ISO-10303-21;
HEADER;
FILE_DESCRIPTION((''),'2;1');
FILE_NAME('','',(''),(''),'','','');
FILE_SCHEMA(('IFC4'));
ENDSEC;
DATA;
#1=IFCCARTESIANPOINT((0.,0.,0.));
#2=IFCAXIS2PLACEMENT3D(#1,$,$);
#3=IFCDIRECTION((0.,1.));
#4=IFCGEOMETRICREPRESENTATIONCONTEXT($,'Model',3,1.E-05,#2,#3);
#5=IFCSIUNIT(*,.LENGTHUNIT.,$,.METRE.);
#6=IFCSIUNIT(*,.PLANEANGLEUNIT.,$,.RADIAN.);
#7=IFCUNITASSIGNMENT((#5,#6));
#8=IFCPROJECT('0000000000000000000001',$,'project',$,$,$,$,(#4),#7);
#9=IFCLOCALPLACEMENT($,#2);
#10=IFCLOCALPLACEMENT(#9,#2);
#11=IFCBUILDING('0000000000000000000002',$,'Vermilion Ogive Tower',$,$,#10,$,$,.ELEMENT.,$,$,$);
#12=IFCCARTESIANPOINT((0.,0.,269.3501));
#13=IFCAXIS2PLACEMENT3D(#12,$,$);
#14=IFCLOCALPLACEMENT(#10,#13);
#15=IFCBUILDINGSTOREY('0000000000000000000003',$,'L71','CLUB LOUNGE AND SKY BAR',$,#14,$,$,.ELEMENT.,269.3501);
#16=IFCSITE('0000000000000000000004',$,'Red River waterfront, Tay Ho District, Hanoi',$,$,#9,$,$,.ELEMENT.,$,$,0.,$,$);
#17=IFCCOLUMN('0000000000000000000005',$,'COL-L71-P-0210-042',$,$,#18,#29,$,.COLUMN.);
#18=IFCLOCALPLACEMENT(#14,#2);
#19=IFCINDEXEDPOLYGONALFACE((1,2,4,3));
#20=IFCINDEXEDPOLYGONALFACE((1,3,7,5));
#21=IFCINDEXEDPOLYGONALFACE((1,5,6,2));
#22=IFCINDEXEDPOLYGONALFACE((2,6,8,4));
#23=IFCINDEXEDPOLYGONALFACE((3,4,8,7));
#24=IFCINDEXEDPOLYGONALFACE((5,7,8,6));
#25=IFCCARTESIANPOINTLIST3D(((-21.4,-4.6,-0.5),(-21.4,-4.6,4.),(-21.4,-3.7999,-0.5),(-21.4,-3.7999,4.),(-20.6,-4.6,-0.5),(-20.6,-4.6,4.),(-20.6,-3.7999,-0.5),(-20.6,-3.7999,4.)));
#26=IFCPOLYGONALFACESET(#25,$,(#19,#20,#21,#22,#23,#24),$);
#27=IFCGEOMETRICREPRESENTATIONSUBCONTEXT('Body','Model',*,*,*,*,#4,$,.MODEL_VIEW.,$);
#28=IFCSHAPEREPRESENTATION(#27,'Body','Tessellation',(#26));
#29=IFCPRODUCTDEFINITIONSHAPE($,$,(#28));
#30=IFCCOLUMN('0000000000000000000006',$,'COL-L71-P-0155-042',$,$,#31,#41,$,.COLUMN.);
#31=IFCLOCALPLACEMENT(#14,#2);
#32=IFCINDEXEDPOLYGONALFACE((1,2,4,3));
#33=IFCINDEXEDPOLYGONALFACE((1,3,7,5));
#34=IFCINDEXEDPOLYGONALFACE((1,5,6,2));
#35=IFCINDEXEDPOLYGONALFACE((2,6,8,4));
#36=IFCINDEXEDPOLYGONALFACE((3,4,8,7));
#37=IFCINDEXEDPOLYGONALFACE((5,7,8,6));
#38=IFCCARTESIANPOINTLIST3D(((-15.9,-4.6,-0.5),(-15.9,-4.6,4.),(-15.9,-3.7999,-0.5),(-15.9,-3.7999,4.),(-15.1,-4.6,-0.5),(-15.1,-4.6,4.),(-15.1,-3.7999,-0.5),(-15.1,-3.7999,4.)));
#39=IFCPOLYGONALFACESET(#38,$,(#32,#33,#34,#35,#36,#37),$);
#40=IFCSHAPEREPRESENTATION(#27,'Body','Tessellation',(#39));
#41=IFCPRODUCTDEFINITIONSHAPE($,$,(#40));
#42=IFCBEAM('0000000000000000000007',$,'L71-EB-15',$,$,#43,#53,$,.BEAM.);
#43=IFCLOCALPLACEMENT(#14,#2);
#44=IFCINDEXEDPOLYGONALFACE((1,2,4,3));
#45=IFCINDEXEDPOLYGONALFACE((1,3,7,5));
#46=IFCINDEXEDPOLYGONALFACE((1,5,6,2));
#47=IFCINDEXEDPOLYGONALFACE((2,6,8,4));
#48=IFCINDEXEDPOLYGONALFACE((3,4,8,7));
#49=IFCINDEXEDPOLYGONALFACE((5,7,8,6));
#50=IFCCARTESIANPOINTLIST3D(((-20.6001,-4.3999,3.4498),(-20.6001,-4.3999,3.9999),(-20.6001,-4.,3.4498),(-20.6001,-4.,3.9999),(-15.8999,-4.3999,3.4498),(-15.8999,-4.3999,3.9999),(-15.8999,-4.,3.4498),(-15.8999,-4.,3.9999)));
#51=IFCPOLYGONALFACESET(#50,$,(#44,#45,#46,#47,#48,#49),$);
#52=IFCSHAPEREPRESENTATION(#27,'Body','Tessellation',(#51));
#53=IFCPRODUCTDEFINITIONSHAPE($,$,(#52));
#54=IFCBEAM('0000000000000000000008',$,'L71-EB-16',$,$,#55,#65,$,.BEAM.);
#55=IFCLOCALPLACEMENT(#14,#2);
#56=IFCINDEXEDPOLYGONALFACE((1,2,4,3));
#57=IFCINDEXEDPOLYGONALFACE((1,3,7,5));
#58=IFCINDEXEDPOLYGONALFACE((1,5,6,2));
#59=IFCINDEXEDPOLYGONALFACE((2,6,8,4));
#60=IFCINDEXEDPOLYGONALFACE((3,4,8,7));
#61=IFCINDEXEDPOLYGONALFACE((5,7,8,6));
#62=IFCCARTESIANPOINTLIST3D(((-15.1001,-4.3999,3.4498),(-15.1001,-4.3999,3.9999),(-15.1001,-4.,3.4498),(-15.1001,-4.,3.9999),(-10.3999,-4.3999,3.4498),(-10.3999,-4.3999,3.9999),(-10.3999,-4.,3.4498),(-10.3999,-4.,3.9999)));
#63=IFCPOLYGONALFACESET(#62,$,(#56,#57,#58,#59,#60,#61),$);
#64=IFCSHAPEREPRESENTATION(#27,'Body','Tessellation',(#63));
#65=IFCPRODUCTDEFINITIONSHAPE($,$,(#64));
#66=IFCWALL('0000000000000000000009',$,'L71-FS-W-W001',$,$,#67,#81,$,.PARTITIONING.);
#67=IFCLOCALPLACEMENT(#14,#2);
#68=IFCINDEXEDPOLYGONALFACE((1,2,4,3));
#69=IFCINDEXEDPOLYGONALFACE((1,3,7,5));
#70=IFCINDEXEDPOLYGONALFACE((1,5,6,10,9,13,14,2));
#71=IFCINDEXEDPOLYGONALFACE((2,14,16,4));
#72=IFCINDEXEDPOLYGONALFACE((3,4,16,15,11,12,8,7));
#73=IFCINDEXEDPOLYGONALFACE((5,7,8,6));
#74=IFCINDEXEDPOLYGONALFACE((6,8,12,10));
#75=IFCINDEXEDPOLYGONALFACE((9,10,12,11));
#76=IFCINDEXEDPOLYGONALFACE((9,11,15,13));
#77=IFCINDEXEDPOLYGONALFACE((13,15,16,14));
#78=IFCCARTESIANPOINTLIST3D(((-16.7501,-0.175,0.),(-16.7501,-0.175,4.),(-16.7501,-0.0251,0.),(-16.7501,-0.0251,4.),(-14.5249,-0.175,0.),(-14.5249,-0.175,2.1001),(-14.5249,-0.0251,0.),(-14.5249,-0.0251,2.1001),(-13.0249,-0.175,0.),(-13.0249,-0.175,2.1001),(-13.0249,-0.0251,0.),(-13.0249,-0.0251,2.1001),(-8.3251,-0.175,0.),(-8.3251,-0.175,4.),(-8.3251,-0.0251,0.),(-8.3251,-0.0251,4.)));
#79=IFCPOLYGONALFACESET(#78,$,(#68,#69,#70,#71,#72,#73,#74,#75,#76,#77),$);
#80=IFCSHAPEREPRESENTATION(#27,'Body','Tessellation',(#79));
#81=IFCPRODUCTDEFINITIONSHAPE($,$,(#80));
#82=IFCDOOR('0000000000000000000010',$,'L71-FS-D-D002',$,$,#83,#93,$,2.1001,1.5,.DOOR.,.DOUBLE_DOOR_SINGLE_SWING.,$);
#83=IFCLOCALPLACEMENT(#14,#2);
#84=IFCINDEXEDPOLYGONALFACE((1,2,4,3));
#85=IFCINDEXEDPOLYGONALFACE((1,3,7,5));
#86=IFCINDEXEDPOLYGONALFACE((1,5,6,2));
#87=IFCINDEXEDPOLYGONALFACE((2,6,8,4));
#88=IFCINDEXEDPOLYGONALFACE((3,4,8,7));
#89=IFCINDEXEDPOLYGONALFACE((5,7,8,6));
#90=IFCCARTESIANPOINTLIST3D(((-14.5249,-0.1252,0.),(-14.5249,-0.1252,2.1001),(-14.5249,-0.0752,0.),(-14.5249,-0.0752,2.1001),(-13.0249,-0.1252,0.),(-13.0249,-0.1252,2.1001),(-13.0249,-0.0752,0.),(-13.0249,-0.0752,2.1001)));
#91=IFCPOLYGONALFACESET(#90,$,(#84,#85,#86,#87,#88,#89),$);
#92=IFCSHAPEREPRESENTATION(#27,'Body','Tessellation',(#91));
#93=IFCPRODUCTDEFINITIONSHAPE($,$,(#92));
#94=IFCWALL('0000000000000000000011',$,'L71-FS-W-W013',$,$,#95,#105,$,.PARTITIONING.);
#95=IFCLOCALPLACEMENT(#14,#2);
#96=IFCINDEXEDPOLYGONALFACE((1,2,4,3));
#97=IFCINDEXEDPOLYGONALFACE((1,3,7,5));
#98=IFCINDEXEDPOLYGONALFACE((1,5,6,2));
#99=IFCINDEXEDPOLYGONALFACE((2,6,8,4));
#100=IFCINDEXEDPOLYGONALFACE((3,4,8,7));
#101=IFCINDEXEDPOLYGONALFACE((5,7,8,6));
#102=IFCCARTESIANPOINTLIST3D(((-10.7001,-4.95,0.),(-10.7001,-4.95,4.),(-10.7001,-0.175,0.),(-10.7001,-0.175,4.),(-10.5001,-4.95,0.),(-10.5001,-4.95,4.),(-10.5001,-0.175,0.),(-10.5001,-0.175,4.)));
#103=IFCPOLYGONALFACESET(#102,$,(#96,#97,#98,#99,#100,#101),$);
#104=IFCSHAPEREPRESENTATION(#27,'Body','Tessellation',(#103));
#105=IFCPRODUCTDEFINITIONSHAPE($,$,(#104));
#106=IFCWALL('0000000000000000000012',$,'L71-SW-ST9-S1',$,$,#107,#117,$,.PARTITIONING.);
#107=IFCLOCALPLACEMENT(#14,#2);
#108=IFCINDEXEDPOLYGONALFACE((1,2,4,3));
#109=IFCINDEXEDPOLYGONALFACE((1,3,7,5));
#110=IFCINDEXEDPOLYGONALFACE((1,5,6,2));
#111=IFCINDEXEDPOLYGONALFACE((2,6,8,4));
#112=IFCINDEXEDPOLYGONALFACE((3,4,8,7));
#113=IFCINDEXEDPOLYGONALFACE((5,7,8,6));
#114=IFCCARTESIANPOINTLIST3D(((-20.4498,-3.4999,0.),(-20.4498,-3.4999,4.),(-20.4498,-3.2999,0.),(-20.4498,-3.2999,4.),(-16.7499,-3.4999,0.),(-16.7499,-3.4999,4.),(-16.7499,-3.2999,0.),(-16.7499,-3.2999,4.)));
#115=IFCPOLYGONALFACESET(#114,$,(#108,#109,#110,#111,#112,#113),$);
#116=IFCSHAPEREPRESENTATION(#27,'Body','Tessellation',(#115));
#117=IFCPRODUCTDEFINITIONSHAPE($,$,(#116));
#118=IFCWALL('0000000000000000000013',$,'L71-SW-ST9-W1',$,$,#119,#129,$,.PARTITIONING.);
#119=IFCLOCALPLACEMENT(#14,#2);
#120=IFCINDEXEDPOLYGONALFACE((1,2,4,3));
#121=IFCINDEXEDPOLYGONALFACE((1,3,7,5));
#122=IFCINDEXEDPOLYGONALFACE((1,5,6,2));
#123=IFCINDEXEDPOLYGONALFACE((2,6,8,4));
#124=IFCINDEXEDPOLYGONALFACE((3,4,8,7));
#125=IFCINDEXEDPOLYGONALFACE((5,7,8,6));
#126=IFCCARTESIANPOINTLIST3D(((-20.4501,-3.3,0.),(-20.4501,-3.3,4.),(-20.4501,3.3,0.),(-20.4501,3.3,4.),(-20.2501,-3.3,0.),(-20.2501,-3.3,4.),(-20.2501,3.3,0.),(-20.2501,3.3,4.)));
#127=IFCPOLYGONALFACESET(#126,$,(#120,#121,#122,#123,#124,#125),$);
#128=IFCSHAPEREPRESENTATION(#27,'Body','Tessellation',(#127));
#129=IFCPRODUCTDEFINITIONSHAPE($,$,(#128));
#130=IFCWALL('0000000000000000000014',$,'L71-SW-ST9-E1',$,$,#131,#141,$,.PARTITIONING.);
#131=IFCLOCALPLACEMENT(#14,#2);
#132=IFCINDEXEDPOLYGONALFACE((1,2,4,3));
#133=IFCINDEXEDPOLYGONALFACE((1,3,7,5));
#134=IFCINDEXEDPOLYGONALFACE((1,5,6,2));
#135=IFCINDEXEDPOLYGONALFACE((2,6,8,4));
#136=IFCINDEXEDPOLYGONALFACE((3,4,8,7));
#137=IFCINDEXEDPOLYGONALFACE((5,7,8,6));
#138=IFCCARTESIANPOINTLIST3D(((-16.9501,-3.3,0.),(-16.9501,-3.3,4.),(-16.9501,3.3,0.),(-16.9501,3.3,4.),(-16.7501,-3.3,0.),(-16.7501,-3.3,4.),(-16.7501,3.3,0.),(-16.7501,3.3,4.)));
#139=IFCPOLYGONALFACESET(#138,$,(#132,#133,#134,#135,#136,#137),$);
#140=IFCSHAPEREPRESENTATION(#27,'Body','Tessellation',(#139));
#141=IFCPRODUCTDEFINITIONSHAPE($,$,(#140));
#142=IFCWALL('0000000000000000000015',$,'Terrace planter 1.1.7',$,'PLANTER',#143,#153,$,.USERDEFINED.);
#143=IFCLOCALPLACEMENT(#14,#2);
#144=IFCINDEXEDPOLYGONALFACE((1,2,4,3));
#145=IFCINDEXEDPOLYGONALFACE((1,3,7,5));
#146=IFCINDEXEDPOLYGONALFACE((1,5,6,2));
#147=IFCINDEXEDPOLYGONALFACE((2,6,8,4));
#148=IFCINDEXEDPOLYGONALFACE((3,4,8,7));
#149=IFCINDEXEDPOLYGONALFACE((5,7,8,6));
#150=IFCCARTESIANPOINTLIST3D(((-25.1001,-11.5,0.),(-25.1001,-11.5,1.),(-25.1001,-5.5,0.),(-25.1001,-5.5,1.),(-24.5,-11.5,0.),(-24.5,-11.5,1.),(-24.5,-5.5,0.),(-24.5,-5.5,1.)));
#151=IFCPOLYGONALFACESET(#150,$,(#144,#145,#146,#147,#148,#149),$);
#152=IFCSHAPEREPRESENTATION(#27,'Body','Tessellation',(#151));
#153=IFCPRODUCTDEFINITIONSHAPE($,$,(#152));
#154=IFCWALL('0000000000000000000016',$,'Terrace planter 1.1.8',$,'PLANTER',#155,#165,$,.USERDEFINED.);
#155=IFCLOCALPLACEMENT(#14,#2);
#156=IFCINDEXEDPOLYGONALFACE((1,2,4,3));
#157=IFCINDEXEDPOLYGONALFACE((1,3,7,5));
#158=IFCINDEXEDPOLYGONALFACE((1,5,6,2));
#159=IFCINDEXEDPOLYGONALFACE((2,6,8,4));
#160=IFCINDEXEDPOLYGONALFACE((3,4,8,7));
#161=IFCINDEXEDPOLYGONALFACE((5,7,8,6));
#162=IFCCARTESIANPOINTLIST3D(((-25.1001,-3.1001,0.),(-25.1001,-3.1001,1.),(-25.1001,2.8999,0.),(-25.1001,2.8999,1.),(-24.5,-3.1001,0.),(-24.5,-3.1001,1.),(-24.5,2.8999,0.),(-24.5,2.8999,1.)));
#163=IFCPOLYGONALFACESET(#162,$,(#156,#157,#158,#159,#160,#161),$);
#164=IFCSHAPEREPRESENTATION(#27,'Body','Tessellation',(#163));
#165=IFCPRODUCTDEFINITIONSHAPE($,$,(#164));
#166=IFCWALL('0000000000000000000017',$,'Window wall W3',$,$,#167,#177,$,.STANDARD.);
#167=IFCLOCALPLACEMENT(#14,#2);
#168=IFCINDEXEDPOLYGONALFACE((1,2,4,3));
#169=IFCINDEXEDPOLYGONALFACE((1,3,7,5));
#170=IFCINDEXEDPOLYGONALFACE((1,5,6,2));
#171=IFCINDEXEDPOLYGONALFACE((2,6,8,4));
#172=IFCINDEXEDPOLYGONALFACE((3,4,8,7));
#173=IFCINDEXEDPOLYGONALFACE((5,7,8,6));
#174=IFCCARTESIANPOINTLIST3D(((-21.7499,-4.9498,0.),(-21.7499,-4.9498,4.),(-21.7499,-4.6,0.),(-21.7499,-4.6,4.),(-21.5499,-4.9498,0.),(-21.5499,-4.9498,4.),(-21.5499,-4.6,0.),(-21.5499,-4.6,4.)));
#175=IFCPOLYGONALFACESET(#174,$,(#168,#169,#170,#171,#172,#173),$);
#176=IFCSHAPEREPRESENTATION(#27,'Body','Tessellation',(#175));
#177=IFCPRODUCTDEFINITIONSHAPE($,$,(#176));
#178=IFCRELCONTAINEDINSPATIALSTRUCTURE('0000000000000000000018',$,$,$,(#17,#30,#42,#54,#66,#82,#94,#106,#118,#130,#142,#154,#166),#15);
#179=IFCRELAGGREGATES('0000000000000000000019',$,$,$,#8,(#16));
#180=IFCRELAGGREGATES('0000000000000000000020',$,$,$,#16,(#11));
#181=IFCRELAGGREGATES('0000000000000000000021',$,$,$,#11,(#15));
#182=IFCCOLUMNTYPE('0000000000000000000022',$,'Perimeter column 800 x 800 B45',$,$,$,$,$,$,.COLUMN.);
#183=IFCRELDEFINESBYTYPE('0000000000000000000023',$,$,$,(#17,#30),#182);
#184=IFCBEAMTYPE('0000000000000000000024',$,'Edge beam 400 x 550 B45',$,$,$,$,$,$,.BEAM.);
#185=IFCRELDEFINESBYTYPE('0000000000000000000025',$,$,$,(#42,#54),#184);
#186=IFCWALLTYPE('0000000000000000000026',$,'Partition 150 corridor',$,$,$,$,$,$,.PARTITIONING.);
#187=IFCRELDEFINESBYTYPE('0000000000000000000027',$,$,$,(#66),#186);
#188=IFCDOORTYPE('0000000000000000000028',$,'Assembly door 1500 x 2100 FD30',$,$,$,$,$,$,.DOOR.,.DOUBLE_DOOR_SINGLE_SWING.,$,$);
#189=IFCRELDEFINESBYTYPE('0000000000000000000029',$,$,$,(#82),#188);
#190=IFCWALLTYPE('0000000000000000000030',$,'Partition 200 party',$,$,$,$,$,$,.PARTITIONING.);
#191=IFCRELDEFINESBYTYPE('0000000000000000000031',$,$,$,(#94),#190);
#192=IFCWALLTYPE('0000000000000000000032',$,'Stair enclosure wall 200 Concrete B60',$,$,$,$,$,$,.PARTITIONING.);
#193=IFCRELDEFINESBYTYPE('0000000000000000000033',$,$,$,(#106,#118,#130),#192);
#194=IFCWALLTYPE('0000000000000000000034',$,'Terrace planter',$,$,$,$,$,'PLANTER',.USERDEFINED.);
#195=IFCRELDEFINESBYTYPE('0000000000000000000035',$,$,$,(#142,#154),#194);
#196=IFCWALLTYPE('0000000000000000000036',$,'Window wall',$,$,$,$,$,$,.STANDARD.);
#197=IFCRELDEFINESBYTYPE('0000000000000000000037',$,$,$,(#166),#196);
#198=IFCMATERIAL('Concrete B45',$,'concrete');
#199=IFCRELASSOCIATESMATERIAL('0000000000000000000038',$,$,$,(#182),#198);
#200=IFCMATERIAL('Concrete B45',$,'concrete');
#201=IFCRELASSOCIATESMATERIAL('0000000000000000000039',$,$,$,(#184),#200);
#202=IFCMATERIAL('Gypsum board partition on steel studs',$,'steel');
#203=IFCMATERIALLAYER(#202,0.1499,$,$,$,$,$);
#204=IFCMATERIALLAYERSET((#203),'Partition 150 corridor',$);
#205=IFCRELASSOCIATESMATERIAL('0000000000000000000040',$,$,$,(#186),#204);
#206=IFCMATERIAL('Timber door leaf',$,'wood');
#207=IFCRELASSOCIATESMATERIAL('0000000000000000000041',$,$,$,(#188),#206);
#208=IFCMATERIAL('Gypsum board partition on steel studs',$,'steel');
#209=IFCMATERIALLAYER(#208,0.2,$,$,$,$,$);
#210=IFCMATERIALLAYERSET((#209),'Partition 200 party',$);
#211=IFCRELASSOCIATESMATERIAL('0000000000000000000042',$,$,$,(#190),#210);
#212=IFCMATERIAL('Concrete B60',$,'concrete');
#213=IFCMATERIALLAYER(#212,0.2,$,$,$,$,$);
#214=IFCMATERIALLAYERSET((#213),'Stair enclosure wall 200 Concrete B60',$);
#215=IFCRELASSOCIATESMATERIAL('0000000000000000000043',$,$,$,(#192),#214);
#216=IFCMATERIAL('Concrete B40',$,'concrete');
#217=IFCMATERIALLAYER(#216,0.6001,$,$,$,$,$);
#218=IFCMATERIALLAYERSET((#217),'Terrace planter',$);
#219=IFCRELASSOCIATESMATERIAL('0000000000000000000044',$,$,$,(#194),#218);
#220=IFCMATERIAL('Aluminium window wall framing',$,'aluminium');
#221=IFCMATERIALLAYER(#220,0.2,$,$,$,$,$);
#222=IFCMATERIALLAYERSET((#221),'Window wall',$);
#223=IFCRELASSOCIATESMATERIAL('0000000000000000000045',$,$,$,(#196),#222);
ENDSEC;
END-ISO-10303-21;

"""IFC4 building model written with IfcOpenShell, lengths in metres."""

from ifc_helpers import new_model, si_unit, direction, frame, frame_2d, origin, origin_2d, place, context, subcontext, project, spatial, rectangle, extrude, material, layer, layer_set, material_profile, profile_set, type_object, element, fill, save


model = new_model("IFC4")

# Units and contexts
model_context = context("Model", 3, precision=1e-05, world=origin(), true_north=direction((0.0, 1.0)))
body_context = subcontext(model_context, "Body", "Model", "MODEL_VIEW")
ifc_project = project(units=[si_unit("LENGTHUNIT", "METRE"), si_unit("PLANEANGLEUNIT", "RADIAN")], contexts=[model_context])

# Site, building, storey
site_placement = place(None, origin())
site = spatial("IfcSite", under=ifc_project, at=site_placement, Name="Red River waterfront, Tay Ho District, Hanoi", CompositionType="ELEMENT", RefElevation=0.0)
building_placement = place(site_placement, origin())
building = spatial("IfcBuilding", under=site, at=building_placement, Name="Vermilion Ogive Tower", CompositionType="ELEMENT")
storey_placement = place(building_placement, frame((0.0, 0.0, 269.3501)))
storey = spatial("IfcBuildingStorey", under=building, at=storey_placement, Name="L71", Description="CLUB LOUNGE AND SKY BAR", CompositionType="ELEMENT", Elevation=269.3501)

# Columns
ifc_material_1 = material(Name="Concrete B45", Category="concrete")
ifc_material_profile_1 = material_profile(ifc_material_1, rectangle(XDim=0.8, YDim=0.8, at=origin_2d()), Name="800 x 800")
ifc_profile_set_1 = profile_set([ifc_material_profile_1], Name="Concrete B45")
column_type = type_object("IfcColumnType", Name="Perimeter column 800 x 800 B45", PredefinedType="COLUMN", material=ifc_profile_set_1)
for number, where, z_axis, x_axis, name in (
    (1, (-21.0, -4.2, -0.5), (0.0, 0.0, 1.0), (1.0, 0.0, 0.0), "COL-L71-P-0210-042"),
    (2, (-15.5, -4.2, -0.5), (0.0, 0.0, 1.0), (1.0, 0.0, 0.0), "COL-L71-P-0155-042"),
):
    element("IfcColumn", number, at=place(storey_placement, frame(where, z_axis=z_axis, x_axis=x_axis)), inside=storey, type_object=column_type, Name=name, PredefinedType="COLUMN", context=body_context, shape_type="SweptSolid", body=[
        extrude(rectangle(XDim=0.8, YDim=0.8, at=origin_2d()), origin(), (0.0, 0.0, 1.0), 4.5),
    ])

# Beams
ifc_material_2 = material(Name="Concrete B45", Category="concrete")
ifc_material_profile_2 = material_profile(ifc_material_2, rectangle(XDim=0.3999, YDim=0.55, at=origin_2d()), Name="400 x 550")
ifc_profile_set_2 = profile_set([ifc_material_profile_2], Name="Concrete B45")
beam_type = type_object("IfcBeamType", Name="Edge beam 400 x 550 B45", PredefinedType="BEAM", material=ifc_profile_set_2)
for number, where, z_axis, x_axis, name in (
    (3, (-20.6001, -4.2, 3.7249), (1.0, 0.0, 0.0), (0.0, 1.0, 0.0), "L71-EB-15"),
    (4, (-15.1001, -4.2, 3.7249), (1.0, 0.0, 0.0), (0.0, 1.0, 0.0), "L71-EB-16"),
):
    element("IfcBeam", number, at=place(storey_placement, frame(where, z_axis=z_axis, x_axis=x_axis)), inside=storey, type_object=beam_type, Name=name, PredefinedType="BEAM", context=body_context, shape_type="SweptSolid", body=[
        extrude(rectangle(XDim=0.3999, YDim=0.55, at=origin_2d()), origin(), (0.0, 0.0, 1.0), 4.7002),
    ])

# Wall, opening, door
ifc_material_3 = material(Name="Gypsum board partition on steel studs", Category="steel")
ifc_layer_1 = layer(ifc_material_3, 0.1499)
ifc_layer_set_1 = layer_set([ifc_layer_1], Name="Partition 150 corridor")
wall_type_1 = type_object("IfcWallType", Name="Partition 150 corridor", PredefinedType="PARTITIONING", material=ifc_layer_set_1)
wall_1_placement = place(storey_placement, frame((-16.75, -0.1001, 0.0), z_axis=(0.0, 0.0, 1.0), x_axis=(1.0, 0.0, 0.0)))
wall_1 = element("IfcWall", 5, at=wall_1_placement, inside=storey, type_object=wall_type_1, Name="L71-FS-W-W001", PredefinedType="PARTITIONING", context=body_context, shape_type="SweptSolid", body=[
    extrude(rectangle(XDim=8.425, YDim=0.1499, at=frame_2d((4.2124, 0.0))), origin(), (0.0, 0.0, 1.0), 4.0),
])
opening_1_placement = place(wall_1_placement, frame((2.2251, 0.0, 0.0)))
opening_1 = element("IfcOpeningElement", 6, at=opening_1_placement, cuts=wall_1, PredefinedType="OPENING", context=body_context, shape_type="SweptSolid", body=[
    extrude(rectangle(XDim=1.5, YDim=2.1001, at=frame_2d((0.75, 1.05))), frame((0.0, 0.085, 0.0), z_axis=(0.0, -1.0, 0.0), x_axis=(1.0, 0.0, 0.0)), (0.0, 0.0, 1.0), 0.1699),
])
ifc_material_4 = material(Name="Timber door leaf", Category="wood")
door_type_1 = type_object("IfcDoorType", Name="Assembly door 1500 x 2100 FD30", OperationType="DOUBLE_DOOR_SINGLE_SWING", PredefinedType="DOOR", material=ifc_material_4)
door_1_placement = place(opening_1_placement, origin())
door_1 = element("IfcDoor", 7, at=door_1_placement, inside=storey, type_object=door_type_1, Name="L71-FS-D-D002", OperationType="DOUBLE_DOOR_SINGLE_SWING", OverallHeight=2.1001, OverallWidth=1.5, PredefinedType="DOOR", context=body_context, shape_type="SweptSolid", body=[
    extrude(rectangle(XDim=1.5, YDim=2.1001, at=frame_2d((0.75, 1.05))), frame((0.0, 0.0249, 0.0), z_axis=(0.0, -1.0, 0.0), x_axis=(1.0, 0.0, 0.0)), (0.0, 0.0, 1.0), 0.05),
])
fill(opening_1, door_1)

# Walls
ifc_material_5 = material(Name="Gypsum board partition on steel studs", Category="steel")
ifc_layer_2 = layer(ifc_material_5, 0.2)
ifc_layer_set_2 = layer_set([ifc_layer_2], Name="Partition 200 party")
wall_type_2 = type_object("IfcWallType", Name="Partition 200 party", PredefinedType="PARTITIONING", material=ifc_layer_set_2)
wall_2_placement = place(storey_placement, frame((-10.6001, -4.95, 0.0), z_axis=(0.0, 0.0, 1.0), x_axis=(0.0, 1.0, 0.0)))
element("IfcWall", 8, at=wall_2_placement, inside=storey, type_object=wall_type_2, Name="L71-FS-W-W013", PredefinedType="PARTITIONING", context=body_context, shape_type="SweptSolid", body=[
    extrude(rectangle(XDim=4.7749, YDim=0.2, at=frame_2d((2.3875, 0.0))), origin(), (0.0, 0.0, 1.0), 4.0),
])
ifc_material_6 = material(Name="Concrete B60", Category="concrete")
ifc_layer_3 = layer(ifc_material_6, 0.2)
ifc_layer_set_3 = layer_set([ifc_layer_3], Name="Stair enclosure wall 200 Concrete B60")
wall_type_3 = type_object("IfcWallType", Name="Stair enclosure wall 200 Concrete B60", PredefinedType="PARTITIONING", material=ifc_layer_set_3)
wall_3_placement = place(storey_placement, frame((-20.45, -3.3999, 0.0), z_axis=(0.0, 0.0, 1.0), x_axis=(1.0, 0.0, 0.0)))
element("IfcWall", 9, at=wall_3_placement, inside=storey, type_object=wall_type_3, Name="L71-SW-ST9-S1", PredefinedType="PARTITIONING", context=body_context, shape_type="SweptSolid", body=[
    extrude(rectangle(XDim=3.7, YDim=0.2, at=frame_2d((1.8501, 0.0))), origin(), (0.0, 0.0, 1.0), 4.0),
])
for number, where, z_axis, x_axis, name in (
    (10, (-20.3501, -3.3, 0.0), (0.0, 0.0, 1.0), (0.0, 1.0, 0.0), "L71-SW-ST9-W1"),
    (11, (-16.8501, -3.3, 0.0), (0.0, 0.0, 1.0), (0.0, 1.0, 0.0), "L71-SW-ST9-E1"),
):
    element("IfcWall", number, at=place(storey_placement, frame(where, z_axis=z_axis, x_axis=x_axis)), inside=storey, type_object=wall_type_3, Name=name, PredefinedType="PARTITIONING", context=body_context, shape_type="SweptSolid", body=[
        extrude(rectangle(XDim=6.6001, YDim=0.2, at=frame_2d((3.3, 0.0))), origin(), (0.0, 0.0, 1.0), 4.0),
    ])
ifc_material_7 = material(Name="Concrete B40", Category="concrete")
ifc_layer_4 = layer(ifc_material_7, 0.6001)
ifc_layer_set_4 = layer_set([ifc_layer_4], Name="Terrace planter")
wall_type_4 = type_object("IfcWallType", Name="Terrace planter", ElementType="PLANTER", PredefinedType="USERDEFINED", material=ifc_layer_set_4)
for number, where, z_axis, x_axis, name in (
    (12, (-24.8, -11.5, 0.0), (0.0, 0.0, 1.0), (0.0, 1.0, 0.0), "Terrace planter 1.1.7"),
    (13, (-24.8, -3.1001, 0.0), (0.0, 0.0, 1.0), (0.0, 1.0, 0.0), "Terrace planter 1.1.8"),
):
    element("IfcWall", number, at=place(storey_placement, frame(where, z_axis=z_axis, x_axis=x_axis)), inside=storey, type_object=wall_type_4, Name=name, ObjectType="PLANTER", PredefinedType="USERDEFINED", context=body_context, shape_type="SweptSolid", body=[
        extrude(rectangle(XDim=6.0, YDim=0.6001, at=frame_2d((3.0, 0.0))), origin(), (0.0, 0.0, 1.0), 1.0),
    ])
ifc_material_8 = material(Name="Aluminium window wall framing", Category="aluminium")
ifc_layer_5 = layer(ifc_material_8, 0.2)
ifc_layer_set_5 = layer_set([ifc_layer_5], Name="Window wall")
wall_type_5 = type_object("IfcWallType", Name="Window wall", PredefinedType="STANDARD", material=ifc_layer_set_5)
wall_4_placement = place(storey_placement, frame((-21.6499, -4.6001, 0.0), z_axis=(0.0, 0.0, 1.0), x_axis=(0.0, -1.0, 0.0)))
element("IfcWall", 14, at=wall_4_placement, inside=storey, type_object=wall_type_5, Name="Window wall W3", PredefinedType="STANDARD", context=body_context, shape_type="SweptSolid", body=[
    extrude(rectangle(XDim=0.3499, YDim=0.2, at=frame_2d((0.1748, 0.0))), origin(), (0.0, 0.0, 1.0), 4.0),
])

save(model, "model.ifc")
